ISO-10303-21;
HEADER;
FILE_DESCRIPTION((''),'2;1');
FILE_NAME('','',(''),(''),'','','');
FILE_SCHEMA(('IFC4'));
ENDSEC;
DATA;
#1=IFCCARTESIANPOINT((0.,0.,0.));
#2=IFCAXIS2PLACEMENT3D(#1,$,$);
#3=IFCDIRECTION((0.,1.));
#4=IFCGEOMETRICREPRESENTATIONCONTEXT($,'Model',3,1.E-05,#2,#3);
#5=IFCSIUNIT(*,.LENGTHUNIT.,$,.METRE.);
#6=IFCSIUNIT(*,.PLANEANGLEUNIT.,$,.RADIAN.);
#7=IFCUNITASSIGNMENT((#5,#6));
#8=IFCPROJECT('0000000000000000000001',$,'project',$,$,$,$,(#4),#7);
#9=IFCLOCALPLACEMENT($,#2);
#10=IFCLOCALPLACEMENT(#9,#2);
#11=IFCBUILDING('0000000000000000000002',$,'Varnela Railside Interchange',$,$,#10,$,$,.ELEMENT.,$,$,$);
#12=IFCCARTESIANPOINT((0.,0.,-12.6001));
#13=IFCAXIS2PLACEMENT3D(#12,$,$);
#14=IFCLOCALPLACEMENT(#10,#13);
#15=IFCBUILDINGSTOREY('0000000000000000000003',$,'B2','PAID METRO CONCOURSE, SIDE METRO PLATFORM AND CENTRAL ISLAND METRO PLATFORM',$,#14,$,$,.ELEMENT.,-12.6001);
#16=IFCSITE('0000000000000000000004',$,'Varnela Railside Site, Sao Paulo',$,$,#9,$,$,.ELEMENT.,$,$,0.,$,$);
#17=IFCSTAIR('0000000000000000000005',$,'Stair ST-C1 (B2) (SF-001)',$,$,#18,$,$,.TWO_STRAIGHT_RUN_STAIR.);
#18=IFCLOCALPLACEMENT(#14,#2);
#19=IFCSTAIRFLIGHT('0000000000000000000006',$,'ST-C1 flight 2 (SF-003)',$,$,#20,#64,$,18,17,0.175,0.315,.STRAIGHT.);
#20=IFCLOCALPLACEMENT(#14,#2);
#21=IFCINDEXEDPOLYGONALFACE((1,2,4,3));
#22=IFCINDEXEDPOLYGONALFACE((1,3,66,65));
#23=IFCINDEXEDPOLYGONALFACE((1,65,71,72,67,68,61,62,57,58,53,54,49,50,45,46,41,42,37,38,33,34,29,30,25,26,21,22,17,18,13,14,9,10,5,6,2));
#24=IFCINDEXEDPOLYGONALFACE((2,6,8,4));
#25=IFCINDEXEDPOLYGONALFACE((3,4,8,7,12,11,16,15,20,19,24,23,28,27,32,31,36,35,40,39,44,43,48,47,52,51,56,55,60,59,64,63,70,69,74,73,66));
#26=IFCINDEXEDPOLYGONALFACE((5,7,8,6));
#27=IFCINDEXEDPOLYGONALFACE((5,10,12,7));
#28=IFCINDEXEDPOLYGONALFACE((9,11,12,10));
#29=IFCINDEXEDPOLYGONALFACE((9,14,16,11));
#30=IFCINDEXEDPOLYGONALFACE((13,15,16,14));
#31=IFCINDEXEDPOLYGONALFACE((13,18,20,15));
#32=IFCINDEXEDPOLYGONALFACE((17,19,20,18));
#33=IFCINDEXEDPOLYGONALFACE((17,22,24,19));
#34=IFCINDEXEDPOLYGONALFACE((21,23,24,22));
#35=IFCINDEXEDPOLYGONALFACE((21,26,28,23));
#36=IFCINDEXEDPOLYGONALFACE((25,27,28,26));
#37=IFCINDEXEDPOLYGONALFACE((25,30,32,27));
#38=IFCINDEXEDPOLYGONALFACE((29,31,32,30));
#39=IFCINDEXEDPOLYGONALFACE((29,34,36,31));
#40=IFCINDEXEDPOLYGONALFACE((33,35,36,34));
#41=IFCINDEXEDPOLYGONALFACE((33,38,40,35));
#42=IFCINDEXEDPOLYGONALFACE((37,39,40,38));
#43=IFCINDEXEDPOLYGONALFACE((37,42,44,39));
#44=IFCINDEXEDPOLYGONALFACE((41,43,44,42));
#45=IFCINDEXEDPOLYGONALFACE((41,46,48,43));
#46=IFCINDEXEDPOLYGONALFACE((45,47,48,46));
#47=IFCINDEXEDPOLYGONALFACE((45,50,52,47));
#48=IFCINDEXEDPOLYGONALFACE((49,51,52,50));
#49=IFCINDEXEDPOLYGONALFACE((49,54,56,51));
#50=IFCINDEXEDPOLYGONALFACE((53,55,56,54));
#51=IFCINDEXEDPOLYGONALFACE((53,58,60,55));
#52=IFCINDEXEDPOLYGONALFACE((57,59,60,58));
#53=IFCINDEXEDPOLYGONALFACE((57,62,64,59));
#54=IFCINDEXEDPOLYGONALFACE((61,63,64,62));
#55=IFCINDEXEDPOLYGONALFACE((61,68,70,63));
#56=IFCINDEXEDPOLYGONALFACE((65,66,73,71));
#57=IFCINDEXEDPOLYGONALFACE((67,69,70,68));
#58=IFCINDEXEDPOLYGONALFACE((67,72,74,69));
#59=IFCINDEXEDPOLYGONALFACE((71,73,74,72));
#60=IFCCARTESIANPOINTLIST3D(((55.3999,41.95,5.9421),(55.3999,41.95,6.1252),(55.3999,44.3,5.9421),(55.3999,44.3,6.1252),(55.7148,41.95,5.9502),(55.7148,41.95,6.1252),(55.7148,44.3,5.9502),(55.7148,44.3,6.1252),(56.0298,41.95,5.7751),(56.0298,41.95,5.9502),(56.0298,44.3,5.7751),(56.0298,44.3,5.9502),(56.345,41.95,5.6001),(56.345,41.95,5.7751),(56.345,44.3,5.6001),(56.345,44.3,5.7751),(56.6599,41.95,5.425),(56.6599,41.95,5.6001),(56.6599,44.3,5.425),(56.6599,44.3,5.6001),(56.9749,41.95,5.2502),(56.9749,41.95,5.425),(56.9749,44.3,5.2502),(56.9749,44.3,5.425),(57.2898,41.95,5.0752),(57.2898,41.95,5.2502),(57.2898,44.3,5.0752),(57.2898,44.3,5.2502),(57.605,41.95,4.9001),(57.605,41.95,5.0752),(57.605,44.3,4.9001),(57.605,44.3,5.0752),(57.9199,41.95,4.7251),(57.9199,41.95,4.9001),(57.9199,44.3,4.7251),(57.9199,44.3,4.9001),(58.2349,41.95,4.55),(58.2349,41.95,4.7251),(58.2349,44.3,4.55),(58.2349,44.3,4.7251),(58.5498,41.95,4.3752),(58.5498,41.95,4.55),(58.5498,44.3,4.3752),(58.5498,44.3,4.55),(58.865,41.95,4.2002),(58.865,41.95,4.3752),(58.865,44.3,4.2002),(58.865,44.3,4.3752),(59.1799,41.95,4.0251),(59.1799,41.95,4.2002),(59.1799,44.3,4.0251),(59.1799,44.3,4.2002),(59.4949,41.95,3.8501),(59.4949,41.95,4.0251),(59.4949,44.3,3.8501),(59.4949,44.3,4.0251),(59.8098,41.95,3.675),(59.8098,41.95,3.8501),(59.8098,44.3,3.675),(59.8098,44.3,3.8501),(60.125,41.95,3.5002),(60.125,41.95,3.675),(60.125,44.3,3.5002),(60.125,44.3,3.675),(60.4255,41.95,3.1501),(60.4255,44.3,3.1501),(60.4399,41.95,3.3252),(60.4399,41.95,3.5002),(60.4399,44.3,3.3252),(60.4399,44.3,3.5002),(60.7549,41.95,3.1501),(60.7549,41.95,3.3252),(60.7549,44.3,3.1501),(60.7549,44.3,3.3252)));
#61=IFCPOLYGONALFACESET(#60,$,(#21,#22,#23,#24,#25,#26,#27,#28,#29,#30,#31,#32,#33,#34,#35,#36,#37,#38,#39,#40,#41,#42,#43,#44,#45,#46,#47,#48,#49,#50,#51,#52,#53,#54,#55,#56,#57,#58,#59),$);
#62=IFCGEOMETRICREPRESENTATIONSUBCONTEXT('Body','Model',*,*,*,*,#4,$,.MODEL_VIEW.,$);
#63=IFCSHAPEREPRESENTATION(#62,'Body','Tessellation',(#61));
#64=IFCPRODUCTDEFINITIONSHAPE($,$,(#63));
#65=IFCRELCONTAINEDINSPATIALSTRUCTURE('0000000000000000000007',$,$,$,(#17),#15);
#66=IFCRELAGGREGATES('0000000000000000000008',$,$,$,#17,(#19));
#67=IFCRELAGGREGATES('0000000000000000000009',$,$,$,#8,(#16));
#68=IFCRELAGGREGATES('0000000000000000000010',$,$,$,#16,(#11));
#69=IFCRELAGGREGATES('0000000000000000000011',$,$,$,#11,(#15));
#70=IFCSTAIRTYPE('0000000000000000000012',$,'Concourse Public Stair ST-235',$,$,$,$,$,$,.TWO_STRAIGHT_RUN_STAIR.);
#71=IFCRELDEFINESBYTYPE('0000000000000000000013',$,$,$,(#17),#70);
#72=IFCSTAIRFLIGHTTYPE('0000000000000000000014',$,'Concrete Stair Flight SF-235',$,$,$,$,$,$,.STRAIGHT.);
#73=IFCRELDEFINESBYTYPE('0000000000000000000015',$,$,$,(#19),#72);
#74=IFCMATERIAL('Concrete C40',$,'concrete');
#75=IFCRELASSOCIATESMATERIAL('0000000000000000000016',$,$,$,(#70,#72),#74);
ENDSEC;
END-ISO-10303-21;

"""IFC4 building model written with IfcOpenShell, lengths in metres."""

from ifc_helpers import new_model, si_unit, direction, frame, origin, place, context, subcontext, project, spatial, polyline, outline, extrude, material, type_object, element, aggregate, save


model = new_model("IFC4")

# Units and contexts
model_context = context("Model", 3, precision=1e-05, world=origin(), true_north=direction((0.0, 1.0)))
body_context = subcontext(model_context, "Body", "Model", "MODEL_VIEW")
ifc_project = project(units=[si_unit("LENGTHUNIT", "METRE"), si_unit("PLANEANGLEUNIT", "RADIAN")], contexts=[model_context])

# Site, building, storey
site_placement = place(None, origin())
site = spatial("IfcSite", under=ifc_project, at=site_placement, Name="Varnela Railside Site, Sao Paulo", CompositionType="ELEMENT", RefElevation=0.0)
building_placement = place(site_placement, origin())
building = spatial("IfcBuilding", under=site, at=building_placement, Name="Varnela Railside Interchange", CompositionType="ELEMENT")
storey_placement = place(building_placement, frame((0.0, 0.0, -12.6001)))
storey = spatial("IfcBuildingStorey", under=building, at=storey_placement, Name="B2", Description="PAID METRO CONCOURSE, SIDE METRO PLATFORM AND CENTRAL ISLAND METRO PLATFORM", CompositionType="ELEMENT", Elevation=-12.6001)

# Shared definitions
ifc_material_1 = material(Name="Concrete C40", Category="concrete")

# Stair, stair flight
stair_type = type_object("IfcStairType", Name="Concourse Public Stair ST-235", PredefinedType="TWO_STRAIGHT_RUN_STAIR", material=ifc_material_1)
stair_placement = place(storey_placement, origin())
stair = element("IfcStair", 1, at=stair_placement, inside=storey, type_object=stair_type, Name="Stair ST-C1 (B2) (SF-001)", PredefinedType="TWO_STRAIGHT_RUN_STAIR")
stair_flight_type = type_object("IfcStairFlightType", Name="Concrete Stair Flight SF-235", PredefinedType="STRAIGHT", material=ifc_material_1)
stair_flight_placement = place(storey_placement, frame((60.7549, 43.125, 3.1501), z_axis=(0.0, 0.0, 1.0), x_axis=(-1.0, 0.0, 0.0)))
stair_flight = element("IfcStairFlight", 2, at=stair_flight_placement, type_object=stair_flight_type, Name="ST-C1 flight 2 (SF-003)", NumberOfRisers=18, NumberOfTreads=17, PredefinedType="STRAIGHT", RiserHeight=0.175, TreadLength=0.315, context=body_context, shape_type="SweptSolid", body=[
    extrude(outline(polyline([(0.0, 0.0), (0.0, 0.175), (0.3149, 0.175), (0.3149, 0.3501), (0.6299, 0.3501), (0.6299, 0.5249), (0.9451, 0.5249), (0.9451, 0.7), (1.26, 0.7), (1.26, 0.875), (1.575, 0.875), (1.575, 1.05), (1.8899, 1.05), (1.8899, 1.2251), (2.2051, 1.2251), (2.2051, 1.3999), (2.52, 1.3999), (2.52, 1.575), (2.835, 1.575), (2.835, 1.75), (3.1499, 1.75), (3.1499, 1.925), (3.4651, 1.925), (3.4651, 2.1001), (3.78, 2.1001), (3.78, 2.2749), (4.095, 2.2749), (4.095, 2.45), (4.4099, 2.45), (4.4099, 2.625), (4.7251, 2.625), (4.7251, 2.8), (5.04, 2.8), (5.04, 2.9751), (5.355, 2.9751), (5.355, 3.1499), (5.355, 2.792), (0.3293, 0.0), (0.0, 0.0)])), frame((0.0, 1.175, 0.0), z_axis=(0.0, -1.0, 0.0), x_axis=(1.0, 0.0, 0.0)), (0.0, 0.0, 1.0), 2.3501),
])
aggregate(stair, [stair_flight])

save(model, "model.ifc")
